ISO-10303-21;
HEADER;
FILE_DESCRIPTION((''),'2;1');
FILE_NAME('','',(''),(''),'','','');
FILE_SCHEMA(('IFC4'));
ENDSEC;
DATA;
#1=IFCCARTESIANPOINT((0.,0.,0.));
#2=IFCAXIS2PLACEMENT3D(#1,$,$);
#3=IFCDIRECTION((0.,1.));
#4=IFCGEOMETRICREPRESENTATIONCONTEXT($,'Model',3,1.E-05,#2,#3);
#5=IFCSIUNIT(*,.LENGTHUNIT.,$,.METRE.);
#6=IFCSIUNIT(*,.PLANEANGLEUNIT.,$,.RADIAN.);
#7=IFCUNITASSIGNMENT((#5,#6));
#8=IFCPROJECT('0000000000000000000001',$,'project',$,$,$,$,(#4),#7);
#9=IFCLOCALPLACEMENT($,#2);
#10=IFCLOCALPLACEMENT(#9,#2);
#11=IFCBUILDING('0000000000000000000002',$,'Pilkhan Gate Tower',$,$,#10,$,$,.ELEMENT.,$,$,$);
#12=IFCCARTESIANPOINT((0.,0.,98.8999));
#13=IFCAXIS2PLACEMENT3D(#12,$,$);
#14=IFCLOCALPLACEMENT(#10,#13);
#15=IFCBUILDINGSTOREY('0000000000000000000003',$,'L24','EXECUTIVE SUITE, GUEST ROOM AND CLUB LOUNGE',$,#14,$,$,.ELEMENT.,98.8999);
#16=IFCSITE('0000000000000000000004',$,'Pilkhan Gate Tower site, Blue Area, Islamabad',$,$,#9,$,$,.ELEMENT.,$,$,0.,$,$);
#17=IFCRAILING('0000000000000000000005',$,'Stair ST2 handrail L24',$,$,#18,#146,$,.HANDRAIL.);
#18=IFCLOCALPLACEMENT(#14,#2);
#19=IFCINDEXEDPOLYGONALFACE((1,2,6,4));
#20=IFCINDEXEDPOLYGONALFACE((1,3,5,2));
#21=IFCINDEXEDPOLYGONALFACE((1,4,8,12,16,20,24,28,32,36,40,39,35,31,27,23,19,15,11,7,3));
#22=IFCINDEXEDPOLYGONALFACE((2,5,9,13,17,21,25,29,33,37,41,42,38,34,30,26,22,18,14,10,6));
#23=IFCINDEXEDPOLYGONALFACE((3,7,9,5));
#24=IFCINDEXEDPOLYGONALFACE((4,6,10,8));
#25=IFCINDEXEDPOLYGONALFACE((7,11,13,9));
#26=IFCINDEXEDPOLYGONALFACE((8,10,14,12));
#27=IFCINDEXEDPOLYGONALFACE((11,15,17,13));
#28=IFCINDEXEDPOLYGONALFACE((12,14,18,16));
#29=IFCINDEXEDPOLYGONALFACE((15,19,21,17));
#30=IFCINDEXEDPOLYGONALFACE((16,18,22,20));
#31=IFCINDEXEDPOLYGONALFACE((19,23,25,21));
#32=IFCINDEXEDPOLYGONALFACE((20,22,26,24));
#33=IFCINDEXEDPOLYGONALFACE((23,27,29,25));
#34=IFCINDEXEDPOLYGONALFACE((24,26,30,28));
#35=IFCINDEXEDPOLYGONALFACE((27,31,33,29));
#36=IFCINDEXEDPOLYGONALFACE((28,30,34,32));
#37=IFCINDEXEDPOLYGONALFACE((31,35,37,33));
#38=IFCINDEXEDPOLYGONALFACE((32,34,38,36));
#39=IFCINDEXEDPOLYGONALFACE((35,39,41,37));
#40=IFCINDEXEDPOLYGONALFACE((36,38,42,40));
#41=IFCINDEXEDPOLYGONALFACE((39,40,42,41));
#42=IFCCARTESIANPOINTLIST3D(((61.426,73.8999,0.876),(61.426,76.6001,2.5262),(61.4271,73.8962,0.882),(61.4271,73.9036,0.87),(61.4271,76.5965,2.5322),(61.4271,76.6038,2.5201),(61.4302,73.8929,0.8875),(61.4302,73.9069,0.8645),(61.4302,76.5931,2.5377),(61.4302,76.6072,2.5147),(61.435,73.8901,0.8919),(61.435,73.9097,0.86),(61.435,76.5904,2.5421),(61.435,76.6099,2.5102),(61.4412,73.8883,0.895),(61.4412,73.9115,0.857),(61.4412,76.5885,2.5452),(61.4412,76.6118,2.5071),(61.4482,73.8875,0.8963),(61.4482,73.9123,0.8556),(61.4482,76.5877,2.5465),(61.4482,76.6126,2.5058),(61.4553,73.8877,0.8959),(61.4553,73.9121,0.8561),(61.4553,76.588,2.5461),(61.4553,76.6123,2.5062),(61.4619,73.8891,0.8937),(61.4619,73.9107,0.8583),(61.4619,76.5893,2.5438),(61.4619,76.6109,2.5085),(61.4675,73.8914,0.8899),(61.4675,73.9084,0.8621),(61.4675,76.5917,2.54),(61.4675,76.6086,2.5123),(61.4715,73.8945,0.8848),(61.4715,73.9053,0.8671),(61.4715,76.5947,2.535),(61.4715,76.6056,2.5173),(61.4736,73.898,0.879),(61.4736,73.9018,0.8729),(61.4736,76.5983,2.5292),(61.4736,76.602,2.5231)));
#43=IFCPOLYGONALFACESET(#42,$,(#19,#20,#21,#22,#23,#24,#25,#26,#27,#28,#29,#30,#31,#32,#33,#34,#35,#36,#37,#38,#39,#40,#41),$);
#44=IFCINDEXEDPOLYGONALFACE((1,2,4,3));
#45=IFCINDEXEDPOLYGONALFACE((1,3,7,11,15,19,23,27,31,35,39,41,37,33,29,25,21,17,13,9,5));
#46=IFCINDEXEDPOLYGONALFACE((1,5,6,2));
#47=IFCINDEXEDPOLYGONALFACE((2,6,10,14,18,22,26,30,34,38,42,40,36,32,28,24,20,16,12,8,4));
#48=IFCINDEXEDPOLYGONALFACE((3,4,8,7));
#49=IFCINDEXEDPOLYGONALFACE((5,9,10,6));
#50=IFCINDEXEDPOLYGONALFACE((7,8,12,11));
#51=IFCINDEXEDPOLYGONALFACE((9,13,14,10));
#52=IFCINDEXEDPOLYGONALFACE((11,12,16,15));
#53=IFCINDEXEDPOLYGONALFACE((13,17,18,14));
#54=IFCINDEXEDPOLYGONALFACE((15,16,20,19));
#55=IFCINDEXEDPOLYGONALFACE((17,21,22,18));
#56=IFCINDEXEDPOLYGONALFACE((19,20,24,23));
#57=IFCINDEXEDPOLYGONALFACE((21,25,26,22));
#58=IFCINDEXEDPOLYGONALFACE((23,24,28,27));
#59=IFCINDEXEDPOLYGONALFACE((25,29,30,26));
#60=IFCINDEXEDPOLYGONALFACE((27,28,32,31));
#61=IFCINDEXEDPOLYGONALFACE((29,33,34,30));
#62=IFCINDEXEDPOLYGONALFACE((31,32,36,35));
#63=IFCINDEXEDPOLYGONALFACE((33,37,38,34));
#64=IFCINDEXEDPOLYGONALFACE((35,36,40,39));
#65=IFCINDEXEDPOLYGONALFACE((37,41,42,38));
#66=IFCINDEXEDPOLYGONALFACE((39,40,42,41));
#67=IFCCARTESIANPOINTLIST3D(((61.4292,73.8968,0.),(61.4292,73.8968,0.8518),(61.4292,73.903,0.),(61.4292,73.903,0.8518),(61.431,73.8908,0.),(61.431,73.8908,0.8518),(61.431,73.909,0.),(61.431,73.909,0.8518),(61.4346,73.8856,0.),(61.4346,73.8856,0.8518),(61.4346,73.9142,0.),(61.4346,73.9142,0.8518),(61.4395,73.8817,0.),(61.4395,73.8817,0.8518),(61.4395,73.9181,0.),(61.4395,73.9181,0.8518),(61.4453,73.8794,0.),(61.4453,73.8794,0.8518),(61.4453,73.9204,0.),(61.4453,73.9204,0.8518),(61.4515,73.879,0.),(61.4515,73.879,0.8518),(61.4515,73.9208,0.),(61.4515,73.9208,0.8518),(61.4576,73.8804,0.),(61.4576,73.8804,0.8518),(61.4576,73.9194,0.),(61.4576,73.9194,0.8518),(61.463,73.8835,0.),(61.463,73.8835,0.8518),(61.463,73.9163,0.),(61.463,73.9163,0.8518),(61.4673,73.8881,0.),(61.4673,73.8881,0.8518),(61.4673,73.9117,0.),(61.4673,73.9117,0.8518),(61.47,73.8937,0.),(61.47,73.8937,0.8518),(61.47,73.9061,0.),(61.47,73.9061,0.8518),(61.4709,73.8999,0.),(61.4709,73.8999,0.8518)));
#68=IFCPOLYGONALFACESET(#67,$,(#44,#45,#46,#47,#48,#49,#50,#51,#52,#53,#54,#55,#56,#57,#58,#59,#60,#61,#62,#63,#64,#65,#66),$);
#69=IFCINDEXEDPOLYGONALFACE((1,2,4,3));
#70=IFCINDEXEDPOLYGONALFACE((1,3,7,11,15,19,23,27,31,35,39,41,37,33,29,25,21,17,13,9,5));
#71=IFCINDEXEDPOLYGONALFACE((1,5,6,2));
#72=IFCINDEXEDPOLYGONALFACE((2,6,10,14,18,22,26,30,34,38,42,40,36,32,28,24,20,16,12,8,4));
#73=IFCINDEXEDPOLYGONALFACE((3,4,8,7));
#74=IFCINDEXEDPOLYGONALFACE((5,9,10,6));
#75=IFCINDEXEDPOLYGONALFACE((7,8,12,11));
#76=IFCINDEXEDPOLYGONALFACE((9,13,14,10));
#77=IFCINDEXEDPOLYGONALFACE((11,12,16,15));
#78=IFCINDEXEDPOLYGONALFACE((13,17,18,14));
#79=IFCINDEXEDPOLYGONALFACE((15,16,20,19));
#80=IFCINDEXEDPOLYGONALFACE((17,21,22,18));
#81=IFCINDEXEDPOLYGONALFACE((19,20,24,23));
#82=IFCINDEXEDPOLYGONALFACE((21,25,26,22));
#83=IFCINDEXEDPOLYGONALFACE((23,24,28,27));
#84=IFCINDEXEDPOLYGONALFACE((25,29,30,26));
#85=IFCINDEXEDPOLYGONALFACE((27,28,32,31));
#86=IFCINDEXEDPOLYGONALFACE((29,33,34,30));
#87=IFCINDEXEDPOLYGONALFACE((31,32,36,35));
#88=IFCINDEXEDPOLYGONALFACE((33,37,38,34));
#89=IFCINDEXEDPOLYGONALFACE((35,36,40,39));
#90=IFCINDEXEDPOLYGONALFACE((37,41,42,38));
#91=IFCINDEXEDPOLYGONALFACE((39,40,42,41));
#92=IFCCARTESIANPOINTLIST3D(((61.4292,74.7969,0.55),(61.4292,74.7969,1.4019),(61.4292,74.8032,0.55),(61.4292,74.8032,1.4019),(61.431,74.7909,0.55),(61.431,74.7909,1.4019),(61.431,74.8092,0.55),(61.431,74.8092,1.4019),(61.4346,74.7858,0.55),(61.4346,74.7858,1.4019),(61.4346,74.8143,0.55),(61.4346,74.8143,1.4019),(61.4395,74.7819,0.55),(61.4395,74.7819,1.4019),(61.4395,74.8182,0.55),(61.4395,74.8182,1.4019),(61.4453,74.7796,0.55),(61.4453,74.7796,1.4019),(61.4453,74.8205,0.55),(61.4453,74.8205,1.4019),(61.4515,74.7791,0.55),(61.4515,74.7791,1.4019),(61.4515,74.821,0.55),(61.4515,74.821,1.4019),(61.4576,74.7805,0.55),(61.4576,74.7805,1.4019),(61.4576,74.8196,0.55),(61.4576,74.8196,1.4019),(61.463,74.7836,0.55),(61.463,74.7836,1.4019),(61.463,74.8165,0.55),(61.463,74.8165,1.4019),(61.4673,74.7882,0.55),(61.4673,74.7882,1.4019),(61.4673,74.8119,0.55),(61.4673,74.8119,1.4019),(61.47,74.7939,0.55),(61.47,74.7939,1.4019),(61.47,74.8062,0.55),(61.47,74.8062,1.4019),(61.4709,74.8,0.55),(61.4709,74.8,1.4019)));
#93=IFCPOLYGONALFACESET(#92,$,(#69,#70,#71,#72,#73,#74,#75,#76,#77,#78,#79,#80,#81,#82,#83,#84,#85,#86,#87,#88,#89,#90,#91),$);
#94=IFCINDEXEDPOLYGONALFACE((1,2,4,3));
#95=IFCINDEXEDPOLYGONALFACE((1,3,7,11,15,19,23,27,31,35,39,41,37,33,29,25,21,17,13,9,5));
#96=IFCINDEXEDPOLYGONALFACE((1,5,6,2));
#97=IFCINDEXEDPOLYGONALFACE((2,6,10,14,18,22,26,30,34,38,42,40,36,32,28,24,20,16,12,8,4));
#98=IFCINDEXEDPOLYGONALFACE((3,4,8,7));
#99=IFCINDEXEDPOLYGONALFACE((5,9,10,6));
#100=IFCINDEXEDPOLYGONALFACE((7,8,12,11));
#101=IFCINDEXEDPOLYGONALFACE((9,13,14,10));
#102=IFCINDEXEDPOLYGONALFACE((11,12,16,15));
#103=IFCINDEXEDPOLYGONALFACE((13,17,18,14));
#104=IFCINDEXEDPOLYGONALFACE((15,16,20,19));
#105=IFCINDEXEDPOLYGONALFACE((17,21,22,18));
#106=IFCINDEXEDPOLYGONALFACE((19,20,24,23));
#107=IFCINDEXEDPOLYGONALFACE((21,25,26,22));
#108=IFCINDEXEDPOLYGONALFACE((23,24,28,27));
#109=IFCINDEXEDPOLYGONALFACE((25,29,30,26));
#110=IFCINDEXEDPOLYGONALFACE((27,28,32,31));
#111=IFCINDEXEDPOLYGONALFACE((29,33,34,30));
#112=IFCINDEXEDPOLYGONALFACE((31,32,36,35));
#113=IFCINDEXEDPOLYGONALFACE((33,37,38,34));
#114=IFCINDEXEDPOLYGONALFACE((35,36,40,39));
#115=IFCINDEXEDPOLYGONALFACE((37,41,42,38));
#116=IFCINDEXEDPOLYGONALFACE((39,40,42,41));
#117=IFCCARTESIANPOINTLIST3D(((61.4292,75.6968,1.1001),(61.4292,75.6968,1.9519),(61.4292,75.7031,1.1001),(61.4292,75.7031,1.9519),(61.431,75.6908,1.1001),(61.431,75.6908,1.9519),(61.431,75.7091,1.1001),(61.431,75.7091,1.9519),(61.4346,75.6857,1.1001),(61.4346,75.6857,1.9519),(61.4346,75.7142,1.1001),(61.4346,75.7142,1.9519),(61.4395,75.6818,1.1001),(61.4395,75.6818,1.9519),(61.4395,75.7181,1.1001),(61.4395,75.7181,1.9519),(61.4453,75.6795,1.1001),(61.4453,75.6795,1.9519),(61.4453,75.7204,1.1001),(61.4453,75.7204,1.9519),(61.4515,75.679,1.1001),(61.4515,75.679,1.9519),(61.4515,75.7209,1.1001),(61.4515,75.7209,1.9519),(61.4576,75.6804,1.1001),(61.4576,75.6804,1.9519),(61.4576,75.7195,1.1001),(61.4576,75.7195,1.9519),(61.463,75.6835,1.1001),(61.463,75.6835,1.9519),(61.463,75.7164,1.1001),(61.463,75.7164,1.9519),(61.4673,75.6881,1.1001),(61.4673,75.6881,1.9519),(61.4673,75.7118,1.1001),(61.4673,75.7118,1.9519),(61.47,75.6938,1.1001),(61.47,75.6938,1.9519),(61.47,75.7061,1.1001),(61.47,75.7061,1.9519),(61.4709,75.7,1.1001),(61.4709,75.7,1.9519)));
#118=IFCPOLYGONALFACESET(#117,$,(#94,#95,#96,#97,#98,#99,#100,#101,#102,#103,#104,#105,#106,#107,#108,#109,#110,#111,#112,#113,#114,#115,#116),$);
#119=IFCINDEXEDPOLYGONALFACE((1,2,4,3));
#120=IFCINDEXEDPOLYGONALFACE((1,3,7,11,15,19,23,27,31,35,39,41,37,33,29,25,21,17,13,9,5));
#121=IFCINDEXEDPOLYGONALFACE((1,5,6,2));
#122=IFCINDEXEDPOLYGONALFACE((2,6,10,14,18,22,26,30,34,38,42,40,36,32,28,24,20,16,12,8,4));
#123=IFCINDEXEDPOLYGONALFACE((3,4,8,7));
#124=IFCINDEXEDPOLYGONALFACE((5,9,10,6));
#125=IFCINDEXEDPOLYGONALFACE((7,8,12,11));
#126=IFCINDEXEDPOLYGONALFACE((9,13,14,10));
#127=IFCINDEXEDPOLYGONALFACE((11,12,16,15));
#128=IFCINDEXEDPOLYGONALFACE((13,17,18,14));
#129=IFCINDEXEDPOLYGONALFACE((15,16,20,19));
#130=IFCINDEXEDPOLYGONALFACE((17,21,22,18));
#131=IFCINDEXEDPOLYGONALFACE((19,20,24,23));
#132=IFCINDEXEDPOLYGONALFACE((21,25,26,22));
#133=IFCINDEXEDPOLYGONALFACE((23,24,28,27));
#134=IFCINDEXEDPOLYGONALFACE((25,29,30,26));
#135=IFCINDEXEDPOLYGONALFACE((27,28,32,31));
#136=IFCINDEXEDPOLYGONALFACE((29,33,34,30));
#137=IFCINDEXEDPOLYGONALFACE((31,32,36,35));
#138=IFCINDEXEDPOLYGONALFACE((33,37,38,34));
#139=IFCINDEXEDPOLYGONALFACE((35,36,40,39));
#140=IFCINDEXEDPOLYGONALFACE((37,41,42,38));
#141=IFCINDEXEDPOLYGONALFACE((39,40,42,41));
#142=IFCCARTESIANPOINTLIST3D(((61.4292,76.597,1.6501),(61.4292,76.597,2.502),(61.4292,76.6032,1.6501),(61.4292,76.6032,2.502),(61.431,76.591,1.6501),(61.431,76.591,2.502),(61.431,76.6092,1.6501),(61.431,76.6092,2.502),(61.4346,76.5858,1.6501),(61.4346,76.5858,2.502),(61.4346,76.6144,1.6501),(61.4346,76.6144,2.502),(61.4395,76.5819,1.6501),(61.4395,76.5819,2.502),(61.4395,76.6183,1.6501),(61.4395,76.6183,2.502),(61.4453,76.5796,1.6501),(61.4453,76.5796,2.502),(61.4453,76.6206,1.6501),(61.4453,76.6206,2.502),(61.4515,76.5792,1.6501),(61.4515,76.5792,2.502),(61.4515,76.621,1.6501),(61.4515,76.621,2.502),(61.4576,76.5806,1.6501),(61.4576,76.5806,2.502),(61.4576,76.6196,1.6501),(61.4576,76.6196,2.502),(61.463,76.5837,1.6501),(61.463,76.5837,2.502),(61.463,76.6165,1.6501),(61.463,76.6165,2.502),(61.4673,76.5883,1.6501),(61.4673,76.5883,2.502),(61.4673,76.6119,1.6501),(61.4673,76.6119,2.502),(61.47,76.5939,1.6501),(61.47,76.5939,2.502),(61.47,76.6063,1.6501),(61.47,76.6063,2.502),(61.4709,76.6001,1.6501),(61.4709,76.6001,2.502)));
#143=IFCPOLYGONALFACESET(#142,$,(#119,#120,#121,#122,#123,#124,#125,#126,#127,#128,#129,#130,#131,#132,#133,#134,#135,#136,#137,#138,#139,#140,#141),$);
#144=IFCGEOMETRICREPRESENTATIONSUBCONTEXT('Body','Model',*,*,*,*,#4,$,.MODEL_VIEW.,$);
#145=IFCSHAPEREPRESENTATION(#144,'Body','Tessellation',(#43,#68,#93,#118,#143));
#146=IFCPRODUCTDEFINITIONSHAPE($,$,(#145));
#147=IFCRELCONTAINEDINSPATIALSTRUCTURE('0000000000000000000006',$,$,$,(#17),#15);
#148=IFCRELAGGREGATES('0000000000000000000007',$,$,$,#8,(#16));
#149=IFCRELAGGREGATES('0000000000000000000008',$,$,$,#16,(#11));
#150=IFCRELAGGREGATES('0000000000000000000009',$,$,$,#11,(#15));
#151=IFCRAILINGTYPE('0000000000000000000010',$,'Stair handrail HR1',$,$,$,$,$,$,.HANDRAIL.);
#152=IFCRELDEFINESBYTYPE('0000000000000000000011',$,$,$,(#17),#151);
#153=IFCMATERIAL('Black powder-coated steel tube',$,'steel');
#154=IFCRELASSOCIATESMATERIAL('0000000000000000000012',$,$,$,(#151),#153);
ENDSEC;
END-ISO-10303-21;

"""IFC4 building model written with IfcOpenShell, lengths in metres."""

from ifc_helpers import new_model, si_unit, direction, frame, origin, origin_2d, place, context, subcontext, project, spatial, circle, extrude, material, type_object, element, save


model = new_model("IFC4")

# Units and contexts
model_context = context("Model", 3, precision=1e-05, world=origin(), true_north=direction((0.0, 1.0)))
body_context = subcontext(model_context, "Body", "Model", "MODEL_VIEW")
ifc_project = project(units=[si_unit("LENGTHUNIT", "METRE"), si_unit("PLANEANGLEUNIT", "RADIAN")], contexts=[model_context])

# Site, building, storey
site_placement = place(None, origin())
site = spatial("IfcSite", under=ifc_project, at=site_placement, Name="Pilkhan Gate Tower site, Blue Area, Islamabad", CompositionType="ELEMENT", RefElevation=0.0)
building_placement = place(site_placement, origin())
building = spatial("IfcBuilding", under=site, at=building_placement, Name="Pilkhan Gate Tower", CompositionType="ELEMENT")
storey_placement = place(building_placement, frame((0.0, 0.0, 98.8999)))
storey = spatial("IfcBuildingStorey", under=building, at=storey_placement, Name="L24", Description="EXECUTIVE SUITE, GUEST ROOM AND CLUB LOUNGE", CompositionType="ELEMENT", Elevation=98.8999)

# Railing
ifc_material_1 = material(Name="Black powder-coated steel tube", Category="steel")
railing_type_1 = type_object("IfcRailingType", Name="Stair handrail HR1", PredefinedType="HANDRAIL", material=ifc_material_1)
railing_1_placement = place(storey_placement, frame((61.45, 73.8999, 0.0)))
element("IfcRailing", 1, at=railing_1_placement, inside=storey, type_object=railing_type_1, Name="Stair ST2 handrail L24", PredefinedType="HANDRAIL", context=body_context, shape_type="SweptSolid", body=[
    extrude(circle(Radius=0.0239, at=origin_2d()), frame((0.0, 0.0, 0.876), z_axis=(0.0, 0.853278, 0.521456), x_axis=(-1.0, 0.0, 0.0)), (0.0, 0.0, 1.0), 3.1646),
    extrude(circle(Radius=0.021, at=origin_2d()), origin(), (0.0, 0.0, 1.0), 0.8518),
    extrude(circle(Radius=0.021, at=origin_2d()), frame((0.0, 0.9001, 0.55)), (0.0, 0.0, 1.0), 0.8518),
    extrude(circle(Radius=0.021, at=origin_2d()), frame((0.0, 1.8, 1.1001)), (0.0, 0.0, 1.0), 0.8518),
    extrude(circle(Radius=0.021, at=origin_2d()), frame((0.0, 2.7002, 1.6501)), (0.0, 0.0, 1.0), 0.8518),
])

save(model, "model.ifc")
